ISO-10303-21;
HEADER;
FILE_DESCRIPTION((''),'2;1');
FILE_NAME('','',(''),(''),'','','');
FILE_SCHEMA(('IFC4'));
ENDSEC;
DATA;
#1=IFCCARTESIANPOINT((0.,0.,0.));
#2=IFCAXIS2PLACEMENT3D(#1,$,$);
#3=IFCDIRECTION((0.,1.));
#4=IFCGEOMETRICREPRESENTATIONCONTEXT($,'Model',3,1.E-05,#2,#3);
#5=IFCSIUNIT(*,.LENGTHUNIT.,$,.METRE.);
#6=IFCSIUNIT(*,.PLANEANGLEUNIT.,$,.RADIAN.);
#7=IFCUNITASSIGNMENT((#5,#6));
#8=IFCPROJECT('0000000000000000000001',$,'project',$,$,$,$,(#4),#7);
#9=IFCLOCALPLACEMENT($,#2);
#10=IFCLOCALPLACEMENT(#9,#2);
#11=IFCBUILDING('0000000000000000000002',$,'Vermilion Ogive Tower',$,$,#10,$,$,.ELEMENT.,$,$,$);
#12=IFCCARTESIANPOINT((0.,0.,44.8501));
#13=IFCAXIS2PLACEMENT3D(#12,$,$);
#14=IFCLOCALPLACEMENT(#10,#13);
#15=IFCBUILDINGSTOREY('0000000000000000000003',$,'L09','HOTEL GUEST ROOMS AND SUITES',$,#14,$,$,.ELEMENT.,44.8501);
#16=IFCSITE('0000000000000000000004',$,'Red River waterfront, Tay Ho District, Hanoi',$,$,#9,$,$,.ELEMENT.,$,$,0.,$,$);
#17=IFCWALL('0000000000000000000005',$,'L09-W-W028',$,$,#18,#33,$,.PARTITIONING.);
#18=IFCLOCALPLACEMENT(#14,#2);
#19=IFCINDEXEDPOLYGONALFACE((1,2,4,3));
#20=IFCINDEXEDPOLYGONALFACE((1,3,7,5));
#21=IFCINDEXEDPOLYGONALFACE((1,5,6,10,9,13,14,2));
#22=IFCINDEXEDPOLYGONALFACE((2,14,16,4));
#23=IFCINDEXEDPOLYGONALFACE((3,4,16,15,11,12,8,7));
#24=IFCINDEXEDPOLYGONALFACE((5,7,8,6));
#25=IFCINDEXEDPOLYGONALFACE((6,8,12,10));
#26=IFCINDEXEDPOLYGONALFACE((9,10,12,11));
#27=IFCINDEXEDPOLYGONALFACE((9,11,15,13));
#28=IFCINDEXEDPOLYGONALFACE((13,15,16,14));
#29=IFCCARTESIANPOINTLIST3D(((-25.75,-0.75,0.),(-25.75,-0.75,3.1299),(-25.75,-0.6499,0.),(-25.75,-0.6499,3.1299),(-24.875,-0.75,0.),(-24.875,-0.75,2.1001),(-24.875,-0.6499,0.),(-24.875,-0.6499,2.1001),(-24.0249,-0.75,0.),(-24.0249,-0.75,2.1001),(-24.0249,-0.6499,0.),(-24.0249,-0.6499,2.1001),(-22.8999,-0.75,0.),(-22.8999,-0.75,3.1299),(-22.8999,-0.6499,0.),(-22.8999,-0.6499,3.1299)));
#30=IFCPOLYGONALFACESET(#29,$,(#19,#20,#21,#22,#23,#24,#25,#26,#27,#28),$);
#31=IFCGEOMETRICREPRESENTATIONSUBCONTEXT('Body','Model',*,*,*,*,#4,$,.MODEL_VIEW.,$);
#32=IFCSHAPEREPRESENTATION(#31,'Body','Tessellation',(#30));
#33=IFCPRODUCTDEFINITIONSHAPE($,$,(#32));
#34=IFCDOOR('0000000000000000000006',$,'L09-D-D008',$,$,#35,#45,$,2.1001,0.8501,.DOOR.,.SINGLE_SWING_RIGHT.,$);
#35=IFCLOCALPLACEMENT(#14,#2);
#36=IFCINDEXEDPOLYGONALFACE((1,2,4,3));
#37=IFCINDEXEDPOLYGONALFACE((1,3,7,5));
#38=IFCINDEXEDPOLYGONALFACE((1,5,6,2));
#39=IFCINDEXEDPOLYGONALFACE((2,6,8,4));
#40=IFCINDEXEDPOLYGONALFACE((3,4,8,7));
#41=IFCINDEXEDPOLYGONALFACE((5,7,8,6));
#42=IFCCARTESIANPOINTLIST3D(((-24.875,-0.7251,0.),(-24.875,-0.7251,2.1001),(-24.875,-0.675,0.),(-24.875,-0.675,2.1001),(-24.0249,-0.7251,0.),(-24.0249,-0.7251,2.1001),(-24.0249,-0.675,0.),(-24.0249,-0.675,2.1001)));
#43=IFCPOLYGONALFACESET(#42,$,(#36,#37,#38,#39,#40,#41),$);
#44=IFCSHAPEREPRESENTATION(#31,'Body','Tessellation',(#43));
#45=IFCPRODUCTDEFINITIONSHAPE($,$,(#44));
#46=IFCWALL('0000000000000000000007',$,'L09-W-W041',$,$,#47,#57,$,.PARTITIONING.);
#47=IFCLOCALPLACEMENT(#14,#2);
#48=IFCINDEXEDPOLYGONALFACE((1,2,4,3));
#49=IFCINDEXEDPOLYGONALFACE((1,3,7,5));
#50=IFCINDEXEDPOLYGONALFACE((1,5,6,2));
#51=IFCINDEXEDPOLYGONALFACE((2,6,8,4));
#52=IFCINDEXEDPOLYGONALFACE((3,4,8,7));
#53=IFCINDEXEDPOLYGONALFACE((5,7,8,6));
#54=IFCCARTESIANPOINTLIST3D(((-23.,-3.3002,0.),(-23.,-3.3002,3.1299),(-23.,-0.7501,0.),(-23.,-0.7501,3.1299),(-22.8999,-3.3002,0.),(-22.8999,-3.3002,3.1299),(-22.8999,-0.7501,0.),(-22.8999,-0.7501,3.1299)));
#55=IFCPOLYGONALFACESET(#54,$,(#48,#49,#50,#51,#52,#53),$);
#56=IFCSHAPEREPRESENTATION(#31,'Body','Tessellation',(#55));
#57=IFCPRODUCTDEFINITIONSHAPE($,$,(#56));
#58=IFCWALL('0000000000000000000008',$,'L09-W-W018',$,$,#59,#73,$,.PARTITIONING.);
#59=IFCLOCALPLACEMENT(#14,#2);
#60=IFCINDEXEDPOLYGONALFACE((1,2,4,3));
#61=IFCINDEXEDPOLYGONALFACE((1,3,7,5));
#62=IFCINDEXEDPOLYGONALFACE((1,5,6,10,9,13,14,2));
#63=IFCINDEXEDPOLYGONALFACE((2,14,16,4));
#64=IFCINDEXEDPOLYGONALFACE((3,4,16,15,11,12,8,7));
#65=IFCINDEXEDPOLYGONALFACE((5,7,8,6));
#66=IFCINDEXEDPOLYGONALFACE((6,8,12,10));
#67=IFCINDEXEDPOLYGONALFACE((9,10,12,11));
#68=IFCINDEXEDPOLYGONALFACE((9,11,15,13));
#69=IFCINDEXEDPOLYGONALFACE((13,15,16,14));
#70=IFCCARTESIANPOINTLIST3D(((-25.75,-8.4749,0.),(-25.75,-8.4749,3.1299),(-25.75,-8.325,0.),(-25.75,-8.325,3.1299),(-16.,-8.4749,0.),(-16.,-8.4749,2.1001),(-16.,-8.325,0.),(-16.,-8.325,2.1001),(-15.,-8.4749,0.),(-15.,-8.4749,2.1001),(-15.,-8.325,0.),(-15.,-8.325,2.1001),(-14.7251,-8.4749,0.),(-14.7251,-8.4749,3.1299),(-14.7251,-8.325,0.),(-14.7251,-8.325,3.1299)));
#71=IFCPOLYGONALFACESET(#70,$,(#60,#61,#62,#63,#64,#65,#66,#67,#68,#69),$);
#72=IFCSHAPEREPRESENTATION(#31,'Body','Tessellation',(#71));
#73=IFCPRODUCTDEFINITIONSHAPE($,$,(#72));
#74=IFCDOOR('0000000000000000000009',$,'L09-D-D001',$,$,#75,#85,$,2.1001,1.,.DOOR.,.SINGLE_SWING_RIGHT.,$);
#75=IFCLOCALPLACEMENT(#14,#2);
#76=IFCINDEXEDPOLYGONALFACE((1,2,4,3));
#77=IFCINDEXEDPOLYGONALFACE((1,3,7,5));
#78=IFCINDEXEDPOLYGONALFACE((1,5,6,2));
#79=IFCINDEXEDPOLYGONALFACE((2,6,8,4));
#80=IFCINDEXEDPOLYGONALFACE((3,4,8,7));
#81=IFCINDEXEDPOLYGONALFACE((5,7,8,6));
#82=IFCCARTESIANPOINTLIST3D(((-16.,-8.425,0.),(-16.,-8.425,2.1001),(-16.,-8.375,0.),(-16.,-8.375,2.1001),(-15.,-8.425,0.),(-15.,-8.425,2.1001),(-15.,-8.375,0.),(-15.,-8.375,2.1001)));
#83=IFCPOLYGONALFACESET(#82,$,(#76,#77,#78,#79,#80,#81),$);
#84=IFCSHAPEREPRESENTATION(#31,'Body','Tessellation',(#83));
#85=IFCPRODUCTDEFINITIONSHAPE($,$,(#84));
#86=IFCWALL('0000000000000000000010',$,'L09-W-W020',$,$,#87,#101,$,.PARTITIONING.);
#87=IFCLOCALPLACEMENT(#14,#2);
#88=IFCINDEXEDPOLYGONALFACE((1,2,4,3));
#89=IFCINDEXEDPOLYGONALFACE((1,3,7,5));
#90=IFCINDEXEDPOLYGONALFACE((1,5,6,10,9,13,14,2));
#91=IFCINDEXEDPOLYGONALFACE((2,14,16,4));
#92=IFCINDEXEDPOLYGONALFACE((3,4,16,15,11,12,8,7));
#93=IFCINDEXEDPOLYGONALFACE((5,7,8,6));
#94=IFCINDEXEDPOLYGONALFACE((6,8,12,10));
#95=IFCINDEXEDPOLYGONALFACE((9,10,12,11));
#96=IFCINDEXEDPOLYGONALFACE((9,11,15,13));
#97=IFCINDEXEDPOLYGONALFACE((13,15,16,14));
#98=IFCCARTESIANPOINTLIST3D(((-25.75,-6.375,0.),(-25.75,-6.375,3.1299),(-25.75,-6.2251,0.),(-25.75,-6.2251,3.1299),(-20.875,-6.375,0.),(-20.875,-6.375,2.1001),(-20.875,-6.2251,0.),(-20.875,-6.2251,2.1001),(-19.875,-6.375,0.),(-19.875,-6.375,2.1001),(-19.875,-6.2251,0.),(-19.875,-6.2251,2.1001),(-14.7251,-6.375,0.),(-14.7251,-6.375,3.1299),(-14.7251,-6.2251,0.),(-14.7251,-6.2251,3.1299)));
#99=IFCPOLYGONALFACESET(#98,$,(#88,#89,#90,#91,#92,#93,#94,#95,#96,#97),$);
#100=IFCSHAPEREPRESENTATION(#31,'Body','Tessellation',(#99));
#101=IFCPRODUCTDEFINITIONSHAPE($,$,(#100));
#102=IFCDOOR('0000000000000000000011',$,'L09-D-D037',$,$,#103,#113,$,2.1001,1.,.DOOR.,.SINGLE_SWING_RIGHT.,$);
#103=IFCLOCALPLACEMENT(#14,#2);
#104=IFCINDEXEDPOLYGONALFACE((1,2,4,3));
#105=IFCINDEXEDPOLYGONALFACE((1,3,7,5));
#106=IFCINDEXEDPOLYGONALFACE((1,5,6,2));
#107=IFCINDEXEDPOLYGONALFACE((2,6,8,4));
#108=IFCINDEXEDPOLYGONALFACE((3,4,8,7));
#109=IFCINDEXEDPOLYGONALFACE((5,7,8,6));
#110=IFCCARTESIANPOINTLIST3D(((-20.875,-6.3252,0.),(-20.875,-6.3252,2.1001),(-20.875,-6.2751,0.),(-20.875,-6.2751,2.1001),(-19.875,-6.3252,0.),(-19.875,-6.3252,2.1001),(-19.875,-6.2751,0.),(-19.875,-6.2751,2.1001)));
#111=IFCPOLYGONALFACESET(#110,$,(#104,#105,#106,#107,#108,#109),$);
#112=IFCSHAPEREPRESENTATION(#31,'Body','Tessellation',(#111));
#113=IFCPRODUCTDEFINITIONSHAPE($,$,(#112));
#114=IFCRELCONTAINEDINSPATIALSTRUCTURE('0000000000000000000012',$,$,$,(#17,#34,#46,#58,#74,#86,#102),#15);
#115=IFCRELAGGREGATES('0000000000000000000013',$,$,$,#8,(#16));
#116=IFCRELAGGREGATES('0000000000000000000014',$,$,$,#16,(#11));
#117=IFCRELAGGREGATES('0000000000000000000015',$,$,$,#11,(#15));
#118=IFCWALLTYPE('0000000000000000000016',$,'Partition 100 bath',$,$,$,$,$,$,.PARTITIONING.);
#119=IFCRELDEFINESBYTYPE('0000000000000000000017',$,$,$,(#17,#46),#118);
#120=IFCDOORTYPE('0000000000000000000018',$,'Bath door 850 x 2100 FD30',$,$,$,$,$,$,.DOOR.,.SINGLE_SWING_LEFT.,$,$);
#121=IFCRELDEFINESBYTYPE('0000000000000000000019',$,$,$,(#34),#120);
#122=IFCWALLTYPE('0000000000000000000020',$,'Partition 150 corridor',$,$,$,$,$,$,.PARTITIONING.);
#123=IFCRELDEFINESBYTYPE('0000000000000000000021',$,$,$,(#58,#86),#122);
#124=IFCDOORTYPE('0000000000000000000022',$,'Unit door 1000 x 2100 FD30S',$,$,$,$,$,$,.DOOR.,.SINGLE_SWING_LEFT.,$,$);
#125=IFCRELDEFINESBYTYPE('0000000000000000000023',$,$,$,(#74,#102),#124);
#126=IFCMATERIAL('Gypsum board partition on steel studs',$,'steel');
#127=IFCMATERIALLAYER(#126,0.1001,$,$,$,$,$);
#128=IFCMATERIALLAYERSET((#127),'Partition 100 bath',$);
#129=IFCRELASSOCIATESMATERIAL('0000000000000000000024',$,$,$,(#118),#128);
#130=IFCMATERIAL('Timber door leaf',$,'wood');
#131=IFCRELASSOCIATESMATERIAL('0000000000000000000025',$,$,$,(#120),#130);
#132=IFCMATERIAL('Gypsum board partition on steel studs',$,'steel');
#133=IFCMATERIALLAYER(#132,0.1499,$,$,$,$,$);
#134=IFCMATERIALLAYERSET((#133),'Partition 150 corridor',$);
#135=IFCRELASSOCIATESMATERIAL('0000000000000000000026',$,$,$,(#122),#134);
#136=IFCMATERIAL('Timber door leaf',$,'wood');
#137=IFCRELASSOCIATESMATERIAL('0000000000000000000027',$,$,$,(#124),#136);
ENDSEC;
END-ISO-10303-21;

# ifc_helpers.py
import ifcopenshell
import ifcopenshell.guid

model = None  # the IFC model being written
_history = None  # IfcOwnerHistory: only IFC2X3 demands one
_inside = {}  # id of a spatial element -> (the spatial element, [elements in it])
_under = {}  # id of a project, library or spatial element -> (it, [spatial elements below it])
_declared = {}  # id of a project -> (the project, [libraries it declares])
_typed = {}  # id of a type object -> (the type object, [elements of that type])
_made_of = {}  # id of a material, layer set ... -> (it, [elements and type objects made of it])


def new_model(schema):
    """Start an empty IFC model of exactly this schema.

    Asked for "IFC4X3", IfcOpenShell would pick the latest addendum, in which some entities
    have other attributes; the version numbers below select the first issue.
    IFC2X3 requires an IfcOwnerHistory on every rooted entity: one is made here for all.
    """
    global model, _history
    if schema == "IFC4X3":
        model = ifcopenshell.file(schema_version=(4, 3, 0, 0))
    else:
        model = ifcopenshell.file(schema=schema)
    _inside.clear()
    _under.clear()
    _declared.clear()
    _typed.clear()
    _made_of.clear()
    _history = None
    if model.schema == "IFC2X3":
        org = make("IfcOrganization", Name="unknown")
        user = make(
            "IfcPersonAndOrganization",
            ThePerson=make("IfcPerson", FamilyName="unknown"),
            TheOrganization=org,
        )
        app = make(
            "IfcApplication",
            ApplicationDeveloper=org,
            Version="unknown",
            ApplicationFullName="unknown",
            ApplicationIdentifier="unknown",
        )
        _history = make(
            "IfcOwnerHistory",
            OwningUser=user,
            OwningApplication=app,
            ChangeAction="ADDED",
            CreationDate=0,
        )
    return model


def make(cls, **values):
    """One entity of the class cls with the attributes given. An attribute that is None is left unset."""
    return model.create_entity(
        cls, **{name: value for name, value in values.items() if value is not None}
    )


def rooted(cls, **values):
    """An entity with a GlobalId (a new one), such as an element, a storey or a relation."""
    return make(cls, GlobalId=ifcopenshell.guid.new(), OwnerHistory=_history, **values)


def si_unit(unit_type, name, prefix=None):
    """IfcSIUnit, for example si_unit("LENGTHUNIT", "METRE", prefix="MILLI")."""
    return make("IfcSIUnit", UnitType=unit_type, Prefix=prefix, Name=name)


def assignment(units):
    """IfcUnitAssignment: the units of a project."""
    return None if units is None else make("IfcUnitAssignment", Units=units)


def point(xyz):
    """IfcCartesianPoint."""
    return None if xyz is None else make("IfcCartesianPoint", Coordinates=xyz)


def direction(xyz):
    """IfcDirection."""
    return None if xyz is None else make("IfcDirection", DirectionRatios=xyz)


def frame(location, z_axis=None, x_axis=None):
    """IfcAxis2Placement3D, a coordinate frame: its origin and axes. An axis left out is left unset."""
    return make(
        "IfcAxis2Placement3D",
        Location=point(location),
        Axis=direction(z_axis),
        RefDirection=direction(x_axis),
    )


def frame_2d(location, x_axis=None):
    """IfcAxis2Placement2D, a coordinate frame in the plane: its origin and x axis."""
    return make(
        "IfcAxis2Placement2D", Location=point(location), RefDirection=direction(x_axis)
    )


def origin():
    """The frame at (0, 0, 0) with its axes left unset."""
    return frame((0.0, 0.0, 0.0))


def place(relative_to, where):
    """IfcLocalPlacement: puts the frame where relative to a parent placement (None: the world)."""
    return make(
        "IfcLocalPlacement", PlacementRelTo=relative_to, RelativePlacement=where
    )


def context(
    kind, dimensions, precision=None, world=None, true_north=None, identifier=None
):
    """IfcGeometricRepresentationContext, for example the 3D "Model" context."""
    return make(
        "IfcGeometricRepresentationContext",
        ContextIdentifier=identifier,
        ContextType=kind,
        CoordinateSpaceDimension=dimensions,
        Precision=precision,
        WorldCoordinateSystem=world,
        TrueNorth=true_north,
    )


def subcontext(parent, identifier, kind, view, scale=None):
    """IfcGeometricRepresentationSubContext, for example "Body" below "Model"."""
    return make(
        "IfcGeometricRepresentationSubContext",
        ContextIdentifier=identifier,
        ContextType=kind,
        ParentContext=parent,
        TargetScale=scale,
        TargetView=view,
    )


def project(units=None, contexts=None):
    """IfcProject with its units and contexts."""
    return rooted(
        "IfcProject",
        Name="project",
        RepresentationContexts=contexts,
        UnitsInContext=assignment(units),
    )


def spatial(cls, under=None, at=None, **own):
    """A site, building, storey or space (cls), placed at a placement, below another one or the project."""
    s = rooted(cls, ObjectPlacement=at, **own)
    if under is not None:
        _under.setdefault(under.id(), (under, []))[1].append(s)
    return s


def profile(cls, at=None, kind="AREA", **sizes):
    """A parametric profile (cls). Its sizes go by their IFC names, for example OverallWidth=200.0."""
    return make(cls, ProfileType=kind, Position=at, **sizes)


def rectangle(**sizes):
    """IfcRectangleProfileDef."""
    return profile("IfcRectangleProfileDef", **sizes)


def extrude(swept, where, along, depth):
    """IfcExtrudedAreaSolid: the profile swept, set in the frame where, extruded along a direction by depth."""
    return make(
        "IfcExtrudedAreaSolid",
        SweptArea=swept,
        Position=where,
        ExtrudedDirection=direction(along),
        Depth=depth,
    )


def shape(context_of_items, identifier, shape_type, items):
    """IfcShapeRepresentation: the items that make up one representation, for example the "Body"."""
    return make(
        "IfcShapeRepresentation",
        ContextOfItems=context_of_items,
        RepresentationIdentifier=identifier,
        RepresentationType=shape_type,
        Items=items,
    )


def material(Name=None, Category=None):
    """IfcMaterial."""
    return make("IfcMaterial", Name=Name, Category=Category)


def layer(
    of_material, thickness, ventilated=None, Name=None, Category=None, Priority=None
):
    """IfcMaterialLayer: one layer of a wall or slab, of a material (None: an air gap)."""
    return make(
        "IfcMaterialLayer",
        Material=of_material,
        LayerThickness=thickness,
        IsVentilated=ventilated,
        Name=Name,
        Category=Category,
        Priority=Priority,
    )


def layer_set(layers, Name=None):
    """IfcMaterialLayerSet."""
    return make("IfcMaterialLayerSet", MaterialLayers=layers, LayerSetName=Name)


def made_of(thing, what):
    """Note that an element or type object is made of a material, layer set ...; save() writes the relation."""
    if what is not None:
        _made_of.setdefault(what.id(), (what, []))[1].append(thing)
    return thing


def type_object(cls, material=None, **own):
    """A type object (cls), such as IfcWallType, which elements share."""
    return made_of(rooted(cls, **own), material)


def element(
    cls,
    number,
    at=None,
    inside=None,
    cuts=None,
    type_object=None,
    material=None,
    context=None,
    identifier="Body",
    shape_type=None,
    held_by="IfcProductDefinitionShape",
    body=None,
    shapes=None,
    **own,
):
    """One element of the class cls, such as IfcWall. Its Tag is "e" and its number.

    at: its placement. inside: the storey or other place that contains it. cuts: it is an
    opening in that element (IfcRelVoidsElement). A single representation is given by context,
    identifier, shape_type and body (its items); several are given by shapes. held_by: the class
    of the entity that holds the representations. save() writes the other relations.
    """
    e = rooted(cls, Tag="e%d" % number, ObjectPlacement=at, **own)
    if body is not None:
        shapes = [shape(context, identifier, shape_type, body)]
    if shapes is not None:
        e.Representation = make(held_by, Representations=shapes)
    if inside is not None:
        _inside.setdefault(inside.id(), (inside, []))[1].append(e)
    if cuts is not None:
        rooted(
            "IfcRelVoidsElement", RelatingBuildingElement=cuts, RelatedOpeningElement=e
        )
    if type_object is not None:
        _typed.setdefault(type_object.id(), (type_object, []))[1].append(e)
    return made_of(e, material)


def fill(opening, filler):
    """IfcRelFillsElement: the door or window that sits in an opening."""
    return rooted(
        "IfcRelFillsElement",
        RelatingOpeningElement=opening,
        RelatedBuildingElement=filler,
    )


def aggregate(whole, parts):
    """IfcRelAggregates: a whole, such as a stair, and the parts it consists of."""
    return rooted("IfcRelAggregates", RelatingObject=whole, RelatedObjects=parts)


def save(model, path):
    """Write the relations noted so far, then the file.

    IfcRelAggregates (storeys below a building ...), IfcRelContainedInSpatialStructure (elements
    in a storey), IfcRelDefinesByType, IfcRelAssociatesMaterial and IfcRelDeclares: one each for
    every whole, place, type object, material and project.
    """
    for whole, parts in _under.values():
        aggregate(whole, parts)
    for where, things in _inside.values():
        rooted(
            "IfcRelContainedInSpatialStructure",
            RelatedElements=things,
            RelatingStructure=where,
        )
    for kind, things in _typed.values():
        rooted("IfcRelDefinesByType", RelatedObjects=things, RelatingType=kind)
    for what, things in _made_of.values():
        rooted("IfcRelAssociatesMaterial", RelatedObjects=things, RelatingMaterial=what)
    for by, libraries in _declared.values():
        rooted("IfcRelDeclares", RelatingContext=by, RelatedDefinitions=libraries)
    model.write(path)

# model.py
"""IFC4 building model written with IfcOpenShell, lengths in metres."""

from ifc_helpers import new_model, si_unit, direction, frame, frame_2d, origin, place, context, subcontext, project, spatial, rectangle, extrude, material, layer, layer_set, type_object, element, fill, save


model = new_model("IFC4")

# Units and contexts
model_context = context("Model", 3, precision=1e-05, world=origin(), true_north=direction((0.0, 1.0)))
body_context = subcontext(model_context, "Body", "Model", "MODEL_VIEW")
ifc_project = project(units=[si_unit("LENGTHUNIT", "METRE"), si_unit("PLANEANGLEUNIT", "RADIAN")], contexts=[model_context])

# Site, building, storey
site_placement = place(None, origin())
site = spatial("IfcSite", under=ifc_project, at=site_placement, Name="Red River waterfront, Tay Ho District, Hanoi", CompositionType="ELEMENT", RefElevation=0.0)
building_placement = place(site_placement, origin())
building = spatial("IfcBuilding", under=site, at=building_placement, Name="Vermilion Ogive Tower", CompositionType="ELEMENT")
storey_placement = place(building_placement, frame((0.0, 0.0, 44.8501)))
storey = spatial("IfcBuildingStorey", under=building, at=storey_placement, Name="L09", Description="HOTEL GUEST ROOMS AND SUITES", CompositionType="ELEMENT", Elevation=44.8501)

# Shared definitions
ifc_material_1 = material(Name="Gypsum board partition on steel studs", Category="steel")
ifc_layer_1 = layer(ifc_material_1, 0.1001)
ifc_layer_set_1 = layer_set([ifc_layer_1], Name="Partition 100 bath")
wall_type_1 = type_object("IfcWallType", Name="Partition 100 bath", PredefinedType="PARTITIONING", material=ifc_layer_set_1)

# Wall, opening, door
wall_1_placement = place(storey_placement, frame((-25.75, -0.7, 0.0), z_axis=(0.0, 0.0, 1.0), x_axis=(1.0, 0.0, 0.0)))
wall_1 = element("IfcWall", 1, at=wall_1_placement, inside=storey, type_object=wall_type_1, Name="L09-W-W028", PredefinedType="PARTITIONING", context=body_context, shape_type="SweptSolid", body=[
    extrude(rectangle(XDim=2.8501, YDim=0.1001, at=frame_2d((1.425, 0.0))), origin(), (0.0, 0.0, 1.0), 3.1299),
])
opening_1_placement = place(wall_1_placement, frame((0.875, 0.0, 0.0)))
opening_1 = element("IfcOpeningElement", 2, at=opening_1_placement, cuts=wall_1, PredefinedType="OPENING", context=body_context, shape_type="SweptSolid", body=[
    extrude(rectangle(XDim=0.8501, YDim=2.1001, at=frame_2d((0.425, 1.05))), frame((0.0, 0.0601, 0.0), z_axis=(0.0, -1.0, 0.0), x_axis=(1.0, 0.0, 0.0)), (0.0, 0.0, 1.0), 0.1201),
])
ifc_material_2 = material(Name="Timber door leaf", Category="wood")
door_type_1 = type_object("IfcDoorType", Name="Bath door 850 x 2100 FD30", OperationType="SINGLE_SWING_LEFT", PredefinedType="DOOR", material=ifc_material_2)
door_1_placement = place(opening_1_placement, origin())
door_1 = element("IfcDoor", 3, at=door_1_placement, inside=storey, type_object=door_type_1, Name="L09-D-D008", OperationType="SINGLE_SWING_RIGHT", OverallHeight=2.1001, OverallWidth=0.8501, PredefinedType="DOOR", context=body_context, shape_type="SweptSolid", body=[
    extrude(rectangle(XDim=0.8501, YDim=2.1001, at=frame_2d((0.425, 1.05))), frame((0.0, 0.0249, 0.0), z_axis=(0.0, -1.0, 0.0), x_axis=(1.0, 0.0, 0.0)), (0.0, 0.0, 1.0), 0.05),
])
fill(opening_1, door_1)

# Wall
wall_2_placement = place(storey_placement, frame((-22.95, -3.3, 0.0), z_axis=(0.0, 0.0, 1.0), x_axis=(0.0, 1.0, 0.0)))
element("IfcWall", 4, at=wall_2_placement, inside=storey, type_object=wall_type_1, Name="L09-W-W041", PredefinedType="PARTITIONING", context=body_context, shape_type="SweptSolid", body=[
    extrude(rectangle(XDim=2.55, YDim=0.1001, at=frame_2d((1.2749, 0.0))), origin(), (0.0, 0.0, 1.0), 3.1299),
])

# Walls, openings, doors
ifc_material_3 = material(Name="Gypsum board partition on steel studs", Category="steel")
ifc_layer_2 = layer(ifc_material_3, 0.1499)
ifc_layer_set_2 = layer_set([ifc_layer_2], Name="Partition 150 corridor")
wall_type_2 = type_object("IfcWallType", Name="Partition 150 corridor", PredefinedType="PARTITIONING", material=ifc_layer_set_2)
wall_3_placement = place(storey_placement, frame((-25.75, -8.3999, 0.0), z_axis=(0.0, 0.0, 1.0), x_axis=(1.0, 0.0, 0.0)))
wall_3 = element("IfcWall", 5, at=wall_3_placement, inside=storey, type_object=wall_type_2, Name="L09-W-W018", PredefinedType="PARTITIONING", context=body_context, shape_type="SweptSolid", body=[
    extrude(rectangle(XDim=11.0249, YDim=0.1499, at=frame_2d((5.5125, 0.0))), origin(), (0.0, 0.0, 1.0), 3.1299),
])
opening_2_placement = place(wall_3_placement, frame((9.75, 0.0, 0.0)))
opening_2 = element("IfcOpeningElement", 6, at=opening_2_placement, cuts=wall_3, PredefinedType="OPENING", context=body_context, shape_type="SweptSolid", body=[
    extrude(rectangle(XDim=1.0, YDim=2.1001, at=frame_2d((0.5, 1.05))), frame((0.0, 0.085, 0.0), z_axis=(0.0, -1.0, 0.0), x_axis=(1.0, 0.0, 0.0)), (0.0, 0.0, 1.0), 0.1699),
])
ifc_material_4 = material(Name="Timber door leaf", Category="wood")
door_type_2 = type_object("IfcDoorType", Name="Unit door 1000 x 2100 FD30S", OperationType="SINGLE_SWING_LEFT", PredefinedType="DOOR", material=ifc_material_4)
door_2_placement = place(opening_2_placement, origin())
door_2 = element("IfcDoor", 7, at=door_2_placement, inside=storey, type_object=door_type_2, Name="L09-D-D001", OperationType="SINGLE_SWING_RIGHT", OverallHeight=2.1001, OverallWidth=1.0, PredefinedType="DOOR", context=body_context, shape_type="SweptSolid", body=[
    extrude(rectangle(XDim=1.0, YDim=2.1001, at=frame_2d((0.5, 1.05))), frame((0.0, 0.0249, 0.0), z_axis=(0.0, -1.0, 0.0), x_axis=(1.0, 0.0, 0.0)), (0.0, 0.0, 1.0), 0.05),
])
fill(opening_2, door_2)
wall_4_placement = place(storey_placement, frame((-25.75, -6.3, 0.0), z_axis=(0.0, 0.0, 1.0), x_axis=(1.0, 0.0, 0.0)))
wall_4 = element("IfcWall", 8, at=wall_4_placement, inside=storey, type_object=wall_type_2, Name="L09-W-W020", PredefinedType="PARTITIONING", context=body_context, shape_type="SweptSolid", body=[
    extrude(rectangle(XDim=11.0249, YDim=0.1499, at=frame_2d((5.5125, 0.0))), origin(), (0.0, 0.0, 1.0), 3.1299),
])
opening_3_placement = place(wall_4_placement, frame((4.875, 0.0, 0.0)))
opening_3 = element("IfcOpeningElement", 9, at=opening_3_placement, cuts=wall_4, PredefinedType="OPENING", context=body_context, shape_type="SweptSolid", body=[
    extrude(rectangle(XDim=1.0, YDim=2.1001, at=frame_2d((0.5, 1.05))), frame((0.0, 0.085, 0.0), z_axis=(0.0, -1.0, 0.0), x_axis=(1.0, 0.0, 0.0)), (0.0, 0.0, 1.0), 0.1699),
])
door_3_placement = place(opening_3_placement, origin())
door_3 = element("IfcDoor", 10, at=door_3_placement, inside=storey, type_object=door_type_2, Name="L09-D-D037", OperationType="SINGLE_SWING_RIGHT", OverallHeight=2.1001, OverallWidth=1.0, PredefinedType="DOOR", context=body_context, shape_type="SweptSolid", body=[
    extrude(rectangle(XDim=1.0, YDim=2.1001, at=frame_2d((0.5, 1.05))), frame((0.0, 0.0249, 0.0), z_axis=(0.0, -1.0, 0.0), x_axis=(1.0, 0.0, 0.0)), (0.0, 0.0, 1.0), 0.05),
])
fill(opening_3, door_3)

save(model, "model.ifc")
